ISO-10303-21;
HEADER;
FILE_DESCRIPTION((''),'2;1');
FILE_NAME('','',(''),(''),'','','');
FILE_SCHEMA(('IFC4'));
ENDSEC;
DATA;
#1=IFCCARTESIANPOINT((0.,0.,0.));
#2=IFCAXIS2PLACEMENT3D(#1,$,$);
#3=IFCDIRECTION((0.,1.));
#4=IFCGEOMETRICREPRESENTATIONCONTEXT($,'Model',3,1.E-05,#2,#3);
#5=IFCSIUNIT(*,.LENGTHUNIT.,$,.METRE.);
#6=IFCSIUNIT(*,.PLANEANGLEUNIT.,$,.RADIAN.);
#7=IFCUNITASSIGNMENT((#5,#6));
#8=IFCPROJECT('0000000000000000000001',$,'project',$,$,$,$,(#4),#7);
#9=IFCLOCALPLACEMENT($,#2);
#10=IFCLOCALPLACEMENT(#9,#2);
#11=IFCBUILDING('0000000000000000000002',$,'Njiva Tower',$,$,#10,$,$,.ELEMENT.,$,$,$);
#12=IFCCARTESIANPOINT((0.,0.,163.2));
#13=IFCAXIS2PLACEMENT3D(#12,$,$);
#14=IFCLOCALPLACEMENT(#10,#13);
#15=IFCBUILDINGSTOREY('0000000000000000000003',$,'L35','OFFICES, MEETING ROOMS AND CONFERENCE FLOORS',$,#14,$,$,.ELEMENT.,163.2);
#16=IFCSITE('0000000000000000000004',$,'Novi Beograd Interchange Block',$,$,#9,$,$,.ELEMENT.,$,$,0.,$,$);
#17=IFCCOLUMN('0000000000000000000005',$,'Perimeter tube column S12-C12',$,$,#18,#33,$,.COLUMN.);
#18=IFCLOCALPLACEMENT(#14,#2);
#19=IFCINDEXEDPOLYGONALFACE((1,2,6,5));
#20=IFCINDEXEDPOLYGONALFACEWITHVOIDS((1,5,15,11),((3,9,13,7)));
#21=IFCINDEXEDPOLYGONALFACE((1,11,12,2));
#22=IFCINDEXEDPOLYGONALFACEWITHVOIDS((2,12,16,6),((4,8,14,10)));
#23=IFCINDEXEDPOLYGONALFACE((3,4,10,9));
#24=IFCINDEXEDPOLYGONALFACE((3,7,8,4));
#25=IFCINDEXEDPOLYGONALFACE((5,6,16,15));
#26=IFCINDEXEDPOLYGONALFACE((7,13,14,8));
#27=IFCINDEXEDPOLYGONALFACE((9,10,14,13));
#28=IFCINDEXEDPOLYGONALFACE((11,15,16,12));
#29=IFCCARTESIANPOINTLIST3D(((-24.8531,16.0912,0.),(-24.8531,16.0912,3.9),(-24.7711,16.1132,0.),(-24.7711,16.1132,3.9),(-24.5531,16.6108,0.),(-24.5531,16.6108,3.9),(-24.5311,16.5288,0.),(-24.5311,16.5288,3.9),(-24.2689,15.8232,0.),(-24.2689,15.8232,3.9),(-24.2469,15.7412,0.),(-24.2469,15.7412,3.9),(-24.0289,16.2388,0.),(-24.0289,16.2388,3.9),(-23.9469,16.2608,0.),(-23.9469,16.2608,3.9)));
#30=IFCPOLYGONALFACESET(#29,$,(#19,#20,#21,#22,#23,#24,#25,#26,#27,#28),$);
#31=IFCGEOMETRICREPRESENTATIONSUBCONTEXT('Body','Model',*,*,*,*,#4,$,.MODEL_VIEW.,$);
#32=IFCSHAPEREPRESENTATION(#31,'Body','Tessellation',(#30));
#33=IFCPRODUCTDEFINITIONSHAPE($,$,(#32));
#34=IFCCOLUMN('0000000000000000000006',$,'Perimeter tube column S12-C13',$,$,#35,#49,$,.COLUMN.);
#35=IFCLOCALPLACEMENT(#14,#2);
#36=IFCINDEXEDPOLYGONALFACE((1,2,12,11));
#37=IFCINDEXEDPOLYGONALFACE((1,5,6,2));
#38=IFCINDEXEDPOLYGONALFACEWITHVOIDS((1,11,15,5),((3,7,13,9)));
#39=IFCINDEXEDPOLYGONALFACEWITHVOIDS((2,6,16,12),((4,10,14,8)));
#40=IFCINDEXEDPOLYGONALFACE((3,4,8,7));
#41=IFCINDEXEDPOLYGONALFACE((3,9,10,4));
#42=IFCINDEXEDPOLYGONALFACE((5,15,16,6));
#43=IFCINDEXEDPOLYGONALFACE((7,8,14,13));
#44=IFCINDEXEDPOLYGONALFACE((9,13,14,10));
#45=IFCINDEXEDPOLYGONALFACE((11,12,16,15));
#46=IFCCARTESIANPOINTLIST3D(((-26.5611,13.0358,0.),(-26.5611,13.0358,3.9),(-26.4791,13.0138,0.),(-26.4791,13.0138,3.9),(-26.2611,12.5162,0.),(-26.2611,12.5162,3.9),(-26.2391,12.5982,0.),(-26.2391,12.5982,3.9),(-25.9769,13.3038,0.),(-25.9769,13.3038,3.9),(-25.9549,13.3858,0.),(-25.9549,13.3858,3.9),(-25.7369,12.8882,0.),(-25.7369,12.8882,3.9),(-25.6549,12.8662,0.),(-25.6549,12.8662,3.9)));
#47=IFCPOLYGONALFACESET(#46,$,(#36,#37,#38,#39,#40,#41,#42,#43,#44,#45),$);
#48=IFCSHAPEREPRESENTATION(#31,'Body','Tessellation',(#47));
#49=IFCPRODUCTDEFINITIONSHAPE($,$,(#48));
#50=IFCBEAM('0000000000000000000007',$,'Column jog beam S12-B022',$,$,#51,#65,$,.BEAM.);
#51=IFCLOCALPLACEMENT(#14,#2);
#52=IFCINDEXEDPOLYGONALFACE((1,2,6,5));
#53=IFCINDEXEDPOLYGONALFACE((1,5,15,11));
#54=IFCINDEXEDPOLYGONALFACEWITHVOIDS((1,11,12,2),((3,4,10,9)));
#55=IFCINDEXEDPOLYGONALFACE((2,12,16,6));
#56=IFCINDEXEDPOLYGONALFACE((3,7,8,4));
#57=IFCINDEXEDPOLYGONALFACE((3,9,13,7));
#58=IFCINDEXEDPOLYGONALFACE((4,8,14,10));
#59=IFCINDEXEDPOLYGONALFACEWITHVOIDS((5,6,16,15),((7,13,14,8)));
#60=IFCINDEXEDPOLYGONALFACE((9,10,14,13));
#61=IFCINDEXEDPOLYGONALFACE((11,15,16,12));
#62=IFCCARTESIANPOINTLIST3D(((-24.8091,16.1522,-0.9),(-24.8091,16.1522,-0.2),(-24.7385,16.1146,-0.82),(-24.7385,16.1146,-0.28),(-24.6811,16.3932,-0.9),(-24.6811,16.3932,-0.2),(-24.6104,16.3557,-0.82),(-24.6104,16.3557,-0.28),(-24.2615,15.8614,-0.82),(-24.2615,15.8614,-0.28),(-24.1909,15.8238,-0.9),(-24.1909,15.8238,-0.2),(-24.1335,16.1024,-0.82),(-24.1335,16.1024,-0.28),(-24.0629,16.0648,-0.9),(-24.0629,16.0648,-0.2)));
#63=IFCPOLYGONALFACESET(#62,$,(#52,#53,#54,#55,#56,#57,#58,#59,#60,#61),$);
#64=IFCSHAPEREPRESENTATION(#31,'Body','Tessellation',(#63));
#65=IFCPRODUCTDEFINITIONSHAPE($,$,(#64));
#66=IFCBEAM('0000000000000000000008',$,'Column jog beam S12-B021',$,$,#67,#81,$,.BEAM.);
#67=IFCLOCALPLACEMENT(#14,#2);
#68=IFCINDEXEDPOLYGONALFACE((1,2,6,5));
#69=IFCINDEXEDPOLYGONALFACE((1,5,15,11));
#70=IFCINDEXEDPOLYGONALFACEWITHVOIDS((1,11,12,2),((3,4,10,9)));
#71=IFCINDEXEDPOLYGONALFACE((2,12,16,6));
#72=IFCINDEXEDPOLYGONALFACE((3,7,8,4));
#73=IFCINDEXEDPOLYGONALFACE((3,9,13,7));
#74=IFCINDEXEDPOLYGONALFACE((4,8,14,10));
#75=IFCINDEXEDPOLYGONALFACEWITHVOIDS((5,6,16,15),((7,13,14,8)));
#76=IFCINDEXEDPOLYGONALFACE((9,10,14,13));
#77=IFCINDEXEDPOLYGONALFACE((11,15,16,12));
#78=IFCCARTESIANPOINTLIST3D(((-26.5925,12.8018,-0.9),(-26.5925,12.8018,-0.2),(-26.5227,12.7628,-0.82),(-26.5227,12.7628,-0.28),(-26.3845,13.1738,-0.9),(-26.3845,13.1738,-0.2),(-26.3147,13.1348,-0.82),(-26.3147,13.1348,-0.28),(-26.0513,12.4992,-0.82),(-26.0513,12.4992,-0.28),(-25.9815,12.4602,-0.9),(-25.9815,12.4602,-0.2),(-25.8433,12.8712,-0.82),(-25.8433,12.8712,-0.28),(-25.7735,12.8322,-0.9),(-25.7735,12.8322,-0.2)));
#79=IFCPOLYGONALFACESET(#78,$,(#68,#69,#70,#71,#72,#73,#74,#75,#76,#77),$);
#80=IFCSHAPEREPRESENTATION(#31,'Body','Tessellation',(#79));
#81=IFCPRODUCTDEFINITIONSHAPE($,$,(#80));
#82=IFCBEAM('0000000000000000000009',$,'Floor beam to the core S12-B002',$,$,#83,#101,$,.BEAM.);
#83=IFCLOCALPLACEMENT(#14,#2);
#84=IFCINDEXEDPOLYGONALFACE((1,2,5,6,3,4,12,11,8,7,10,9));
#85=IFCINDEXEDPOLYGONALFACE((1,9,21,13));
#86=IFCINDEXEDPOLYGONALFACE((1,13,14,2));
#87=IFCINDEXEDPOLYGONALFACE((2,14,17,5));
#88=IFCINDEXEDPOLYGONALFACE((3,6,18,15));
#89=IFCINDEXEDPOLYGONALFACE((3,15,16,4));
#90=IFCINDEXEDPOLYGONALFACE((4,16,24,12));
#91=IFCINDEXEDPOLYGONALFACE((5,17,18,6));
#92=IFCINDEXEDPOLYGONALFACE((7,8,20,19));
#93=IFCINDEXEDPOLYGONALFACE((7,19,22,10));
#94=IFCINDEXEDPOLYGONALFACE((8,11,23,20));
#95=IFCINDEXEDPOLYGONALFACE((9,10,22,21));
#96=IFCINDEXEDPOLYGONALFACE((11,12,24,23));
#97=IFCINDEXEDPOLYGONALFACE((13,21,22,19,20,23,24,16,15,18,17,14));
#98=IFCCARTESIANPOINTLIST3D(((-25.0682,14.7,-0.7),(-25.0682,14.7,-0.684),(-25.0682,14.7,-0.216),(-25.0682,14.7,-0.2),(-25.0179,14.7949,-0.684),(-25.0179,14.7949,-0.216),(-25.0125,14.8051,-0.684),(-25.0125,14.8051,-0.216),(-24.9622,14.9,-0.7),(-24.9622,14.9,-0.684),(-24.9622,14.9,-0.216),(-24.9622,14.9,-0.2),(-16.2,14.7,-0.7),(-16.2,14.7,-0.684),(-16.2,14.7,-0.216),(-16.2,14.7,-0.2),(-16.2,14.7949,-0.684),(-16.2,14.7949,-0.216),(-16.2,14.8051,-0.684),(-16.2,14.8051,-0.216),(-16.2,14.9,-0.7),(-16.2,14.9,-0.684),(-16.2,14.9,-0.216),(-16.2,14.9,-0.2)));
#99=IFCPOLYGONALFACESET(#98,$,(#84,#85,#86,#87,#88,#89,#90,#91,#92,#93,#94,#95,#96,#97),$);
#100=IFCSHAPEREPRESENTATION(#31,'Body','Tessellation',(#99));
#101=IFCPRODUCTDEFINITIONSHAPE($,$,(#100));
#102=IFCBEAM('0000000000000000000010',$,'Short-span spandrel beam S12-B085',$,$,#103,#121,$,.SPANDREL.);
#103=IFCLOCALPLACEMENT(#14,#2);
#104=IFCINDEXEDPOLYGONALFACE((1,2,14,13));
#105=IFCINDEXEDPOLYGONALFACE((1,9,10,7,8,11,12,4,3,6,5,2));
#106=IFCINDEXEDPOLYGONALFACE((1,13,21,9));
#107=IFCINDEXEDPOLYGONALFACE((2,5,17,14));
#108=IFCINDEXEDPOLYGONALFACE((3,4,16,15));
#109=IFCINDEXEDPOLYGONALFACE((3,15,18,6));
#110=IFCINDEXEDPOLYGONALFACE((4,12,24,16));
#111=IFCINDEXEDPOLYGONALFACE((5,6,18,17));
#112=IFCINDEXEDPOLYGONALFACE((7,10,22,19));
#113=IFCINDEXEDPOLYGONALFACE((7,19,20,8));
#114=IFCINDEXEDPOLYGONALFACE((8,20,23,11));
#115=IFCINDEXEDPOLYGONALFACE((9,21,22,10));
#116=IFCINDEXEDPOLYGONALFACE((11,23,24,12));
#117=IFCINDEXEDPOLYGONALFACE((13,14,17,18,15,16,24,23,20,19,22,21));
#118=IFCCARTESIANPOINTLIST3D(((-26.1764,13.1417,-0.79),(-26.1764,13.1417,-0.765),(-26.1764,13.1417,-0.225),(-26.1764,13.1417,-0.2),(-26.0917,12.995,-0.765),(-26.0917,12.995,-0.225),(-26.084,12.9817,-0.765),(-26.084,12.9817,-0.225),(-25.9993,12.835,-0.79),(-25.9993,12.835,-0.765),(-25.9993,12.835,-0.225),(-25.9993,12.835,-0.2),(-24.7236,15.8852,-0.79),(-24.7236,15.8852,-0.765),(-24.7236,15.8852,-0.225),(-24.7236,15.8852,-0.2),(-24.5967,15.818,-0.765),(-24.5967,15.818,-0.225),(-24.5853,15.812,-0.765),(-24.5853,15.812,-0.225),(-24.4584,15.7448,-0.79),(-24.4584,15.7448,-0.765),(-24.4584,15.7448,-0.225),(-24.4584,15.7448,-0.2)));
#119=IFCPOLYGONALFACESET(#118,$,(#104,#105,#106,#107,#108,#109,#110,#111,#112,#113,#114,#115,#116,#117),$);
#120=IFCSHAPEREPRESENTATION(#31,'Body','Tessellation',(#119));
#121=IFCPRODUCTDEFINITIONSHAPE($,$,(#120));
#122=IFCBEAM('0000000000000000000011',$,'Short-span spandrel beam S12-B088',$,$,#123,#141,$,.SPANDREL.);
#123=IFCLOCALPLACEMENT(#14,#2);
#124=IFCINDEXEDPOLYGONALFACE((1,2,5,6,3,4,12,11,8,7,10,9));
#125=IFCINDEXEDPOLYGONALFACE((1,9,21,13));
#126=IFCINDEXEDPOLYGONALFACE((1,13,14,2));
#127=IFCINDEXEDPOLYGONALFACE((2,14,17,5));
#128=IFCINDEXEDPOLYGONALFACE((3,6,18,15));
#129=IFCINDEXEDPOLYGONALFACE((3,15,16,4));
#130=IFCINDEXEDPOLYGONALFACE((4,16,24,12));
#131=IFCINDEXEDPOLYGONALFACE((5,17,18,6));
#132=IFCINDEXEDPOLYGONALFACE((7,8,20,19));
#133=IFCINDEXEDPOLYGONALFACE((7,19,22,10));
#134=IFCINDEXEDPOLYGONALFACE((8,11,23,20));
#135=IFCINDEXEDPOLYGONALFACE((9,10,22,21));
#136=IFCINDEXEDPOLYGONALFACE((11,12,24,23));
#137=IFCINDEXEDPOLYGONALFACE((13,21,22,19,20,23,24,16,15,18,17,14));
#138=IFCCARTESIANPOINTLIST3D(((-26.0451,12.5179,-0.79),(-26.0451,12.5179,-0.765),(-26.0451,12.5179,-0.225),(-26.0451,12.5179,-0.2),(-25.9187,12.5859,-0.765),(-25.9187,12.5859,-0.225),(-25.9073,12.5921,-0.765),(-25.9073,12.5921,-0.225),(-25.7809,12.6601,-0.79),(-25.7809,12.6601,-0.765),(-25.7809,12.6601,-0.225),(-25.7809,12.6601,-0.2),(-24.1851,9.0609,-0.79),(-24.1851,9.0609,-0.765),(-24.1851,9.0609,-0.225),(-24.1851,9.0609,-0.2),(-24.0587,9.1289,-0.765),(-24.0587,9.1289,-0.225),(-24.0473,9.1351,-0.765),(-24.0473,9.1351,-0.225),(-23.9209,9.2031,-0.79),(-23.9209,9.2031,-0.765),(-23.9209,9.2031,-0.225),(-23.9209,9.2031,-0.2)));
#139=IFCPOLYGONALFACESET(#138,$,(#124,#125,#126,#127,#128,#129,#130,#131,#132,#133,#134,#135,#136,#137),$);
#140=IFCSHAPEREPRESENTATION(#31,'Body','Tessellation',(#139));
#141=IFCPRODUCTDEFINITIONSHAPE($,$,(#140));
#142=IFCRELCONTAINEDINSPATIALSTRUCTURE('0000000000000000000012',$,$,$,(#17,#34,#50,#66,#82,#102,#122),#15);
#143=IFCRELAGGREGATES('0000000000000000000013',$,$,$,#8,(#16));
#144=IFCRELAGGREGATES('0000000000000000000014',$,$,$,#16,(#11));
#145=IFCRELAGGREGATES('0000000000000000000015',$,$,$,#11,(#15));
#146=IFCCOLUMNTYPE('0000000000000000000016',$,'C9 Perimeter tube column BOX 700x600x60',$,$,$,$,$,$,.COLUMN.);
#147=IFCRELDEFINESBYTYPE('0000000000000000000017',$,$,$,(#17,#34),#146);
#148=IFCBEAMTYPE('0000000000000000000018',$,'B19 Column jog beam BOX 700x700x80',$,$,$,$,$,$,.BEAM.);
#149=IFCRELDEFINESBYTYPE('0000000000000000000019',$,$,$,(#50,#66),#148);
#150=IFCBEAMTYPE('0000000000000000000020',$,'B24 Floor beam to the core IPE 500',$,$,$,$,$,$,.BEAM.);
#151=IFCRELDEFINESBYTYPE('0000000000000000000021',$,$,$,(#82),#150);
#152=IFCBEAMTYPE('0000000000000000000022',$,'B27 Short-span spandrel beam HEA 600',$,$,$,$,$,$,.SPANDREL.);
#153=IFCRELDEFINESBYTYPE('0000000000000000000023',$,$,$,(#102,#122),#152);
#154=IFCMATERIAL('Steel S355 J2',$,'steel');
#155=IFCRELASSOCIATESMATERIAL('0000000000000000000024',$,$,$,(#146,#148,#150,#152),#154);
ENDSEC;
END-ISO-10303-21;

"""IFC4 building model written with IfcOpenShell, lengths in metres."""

from ifc_helpers import new_model, si_unit, direction, frame, origin, origin_2d, place, context, subcontext, project, spatial, hollow_rectangle, i_section, extrude, clip, halfspace, material, material_profile, profile_set, type_object, element, save


model = new_model("IFC4")

# Units and contexts
model_context = context("Model", 3, precision=1e-05, world=origin(), true_north=direction((0.0, 1.0)))
body_context = subcontext(model_context, "Body", "Model", "MODEL_VIEW")
ifc_project = project(units=[si_unit("LENGTHUNIT", "METRE"), si_unit("PLANEANGLEUNIT", "RADIAN")], contexts=[model_context])

# Site, building, storey
site_placement = place(None, origin())
site = spatial("IfcSite", under=ifc_project, at=site_placement, Name="Novi Beograd Interchange Block", CompositionType="ELEMENT", RefElevation=0.0)
building_placement = place(site_placement, origin())
building = spatial("IfcBuilding", under=site, at=building_placement, Name="Njiva Tower", CompositionType="ELEMENT")
storey_placement = place(building_placement, frame((0.0, 0.0, 163.2)))
storey = spatial("IfcBuildingStorey", under=building, at=storey_placement, Name="L35", Description="OFFICES, MEETING ROOMS AND CONFERENCE FLOORS", CompositionType="ELEMENT", Elevation=163.2)

# Columns
ifc_material_1 = material(Name="Steel S355 J2", Category="steel")
ifc_material_profile_1 = material_profile(ifc_material_1, hollow_rectangle(XDim=0.6, YDim=0.7, WallThickness=0.06, at=origin_2d()), Name="BOX 700x600x60")
ifc_profile_set_1 = profile_set([ifc_material_profile_1], Name="Steel S355 J2")
column_type = type_object("IfcColumnType", Name="C9 Perimeter tube column BOX 700x600x60", PredefinedType="COLUMN", material=ifc_profile_set_1)
for number, where, z_axis, x_axis, name in (
    (1, (-24.4, 16.176, 0.0), (0.0, 0.0, 1.0), (-0.5, -0.866025, 0.0), "Perimeter tube column S12-C12"),
    (2, (-26.108, 12.951, 0.0), (0.0, 0.0, 1.0), (0.5, -0.866025, 0.0), "Perimeter tube column S12-C13"),
):
    element("IfcColumn", number, at=place(storey_placement, frame(where, z_axis=z_axis, x_axis=x_axis)), inside=storey, type_object=column_type, Name=name, PredefinedType="COLUMN", context=body_context, shape_type="SweptSolid", body=[
        extrude(hollow_rectangle(XDim=0.6, YDim=0.7, WallThickness=0.06, at=origin_2d()), origin(), (0.0, 0.0, 1.0), 3.9),
    ])

# Beams
ifc_material_profile_2 = material_profile(ifc_material_1, hollow_rectangle(XDim=0.7, YDim=0.7, WallThickness=0.08, at=origin_2d()), Name="BOX 700x700x80")
ifc_profile_set_2 = profile_set([ifc_material_profile_2], Name="Steel S355 J2")
beam_type_1 = type_object("IfcBeamType", Name="B19 Column jog beam BOX 700x700x80", PredefinedType="BEAM", material=ifc_profile_set_2)
beam_1_placement = place(storey_placement, frame((-24.5, 15.988, -0.55), z_axis=(0.469066, 0.883163, 0.0), x_axis=(-0.883163, 0.469066, 0.0)))
element("IfcBeam", 3, at=beam_1_placement, inside=storey, type_object=beam_type_1, Name="Column jog beam S12-B022", PredefinedType="BEAM", context=body_context, shape_type="SweptSolid", body=[
    extrude(hollow_rectangle(XDim=0.7, YDim=0.7, WallThickness=0.08, at=origin_2d()), origin(), (0.0, 0.0, 1.0), 0.2729),
])
beam_2_placement = place(storey_placement, frame((-26.287, 12.631, -0.55), z_axis=(0.488032, 0.872826, 0.0), x_axis=(-0.872826, 0.488032, 0.0)))
element("IfcBeam", 4, at=beam_2_placement, inside=storey, type_object=beam_type_1, Name="Column jog beam S12-B021", PredefinedType="BEAM", context=body_context, shape_type="SweptSolid", body=[
    extrude(hollow_rectangle(XDim=0.7, YDim=0.7, WallThickness=0.08, at=origin_2d()), origin(), (0.0, 0.0, 1.0), 0.4262),
])
ifc_material_profile_3 = material_profile(ifc_material_1, i_section(OverallWidth=0.2, OverallDepth=0.5, WebThickness=0.0102, FlangeThickness=0.016, at=origin_2d()), Name="IPE 500")
ifc_profile_set_3 = profile_set([ifc_material_profile_3], Name="Steel S355 J2")
beam_type_2 = type_object("IfcBeamType", Name="B24 Floor beam to the core IPE 500", PredefinedType="BEAM", material=ifc_profile_set_3)
beam_3_placement = place(storey_placement, frame((-25.088, 14.8, -0.45), z_axis=(1.0, 0.0, 0.0), x_axis=(0.0, 1.0, 0.0)))
element("IfcBeam", 5, at=beam_3_placement, inside=storey, type_object=beam_type_2, Name="Floor beam to the core S12-B002", PredefinedType="BEAM", context=body_context, shape_type="Clipping", body=[
    clip(extrude(i_section(OverallWidth=0.2, OverallDepth=0.5, WebThickness=0.0102, FlangeThickness=0.016, at=origin_2d()), origin(), (0.0, 0.0, 1.0), 8.888), halfspace(frame((0.0234, 0.0, 0.0852), z_axis=(0.468071, 0.0, -0.883691), x_axis=(0.0, -1.0, 0.0)), False)),
])
ifc_material_profile_4 = material_profile(ifc_material_1, i_section(OverallWidth=0.3, OverallDepth=0.59, WebThickness=0.013, FlangeThickness=0.025, at=origin_2d()), Name="HEA 600")
ifc_profile_set_4 = profile_set([ifc_material_profile_4], Name="Steel S355 J2")
beam_type_3 = type_object("IfcBeamType", Name="B27 Short-span spandrel beam HEA 600", PredefinedType="SPANDREL", material=ifc_profile_set_4)
beam_4_placement = place(storey_placement, frame((-24.591, 15.815, -0.495), z_axis=(-0.467974, -0.883742, 0.0), x_axis=(0.883742, -0.467974, 0.0)))
element("IfcBeam", 6, at=beam_4_placement, inside=storey, type_object=beam_type_3, Name="Short-span spandrel beam S12-B085", PredefinedType="SPANDREL", context=body_context, shape_type="Clipping", body=[
    clip(extrude(i_section(OverallWidth=0.3, OverallDepth=0.59, WebThickness=0.013, FlangeThickness=0.025, at=origin_2d()), origin(), (0.0, 0.0, 1.0), 3.3129), halfspace(frame((-0.0267, 0.0, 3.1818), z_axis=(-0.531358, 0.0, 0.847147), x_axis=(0.0, 1.0, 0.0)), False)),
])
beam_5_placement = place(storey_placement, frame((-25.913, 12.589, -0.495), z_axis=(0.473811, -0.880626, 0.0), x_axis=(0.880626, 0.473811, 0.0)))
element("IfcBeam", 7, at=beam_5_placement, inside=storey, type_object=beam_type_3, Name="Short-span spandrel beam S12-B088", PredefinedType="SPANDREL", context=body_context, shape_type="SweptSolid", body=[
    extrude(i_section(OverallWidth=0.3, OverallDepth=0.59, WebThickness=0.013, FlangeThickness=0.025, at=origin_2d()), origin(), (0.0, 0.0, 1.0), 3.9256),
])

save(model, "model.ifc")
